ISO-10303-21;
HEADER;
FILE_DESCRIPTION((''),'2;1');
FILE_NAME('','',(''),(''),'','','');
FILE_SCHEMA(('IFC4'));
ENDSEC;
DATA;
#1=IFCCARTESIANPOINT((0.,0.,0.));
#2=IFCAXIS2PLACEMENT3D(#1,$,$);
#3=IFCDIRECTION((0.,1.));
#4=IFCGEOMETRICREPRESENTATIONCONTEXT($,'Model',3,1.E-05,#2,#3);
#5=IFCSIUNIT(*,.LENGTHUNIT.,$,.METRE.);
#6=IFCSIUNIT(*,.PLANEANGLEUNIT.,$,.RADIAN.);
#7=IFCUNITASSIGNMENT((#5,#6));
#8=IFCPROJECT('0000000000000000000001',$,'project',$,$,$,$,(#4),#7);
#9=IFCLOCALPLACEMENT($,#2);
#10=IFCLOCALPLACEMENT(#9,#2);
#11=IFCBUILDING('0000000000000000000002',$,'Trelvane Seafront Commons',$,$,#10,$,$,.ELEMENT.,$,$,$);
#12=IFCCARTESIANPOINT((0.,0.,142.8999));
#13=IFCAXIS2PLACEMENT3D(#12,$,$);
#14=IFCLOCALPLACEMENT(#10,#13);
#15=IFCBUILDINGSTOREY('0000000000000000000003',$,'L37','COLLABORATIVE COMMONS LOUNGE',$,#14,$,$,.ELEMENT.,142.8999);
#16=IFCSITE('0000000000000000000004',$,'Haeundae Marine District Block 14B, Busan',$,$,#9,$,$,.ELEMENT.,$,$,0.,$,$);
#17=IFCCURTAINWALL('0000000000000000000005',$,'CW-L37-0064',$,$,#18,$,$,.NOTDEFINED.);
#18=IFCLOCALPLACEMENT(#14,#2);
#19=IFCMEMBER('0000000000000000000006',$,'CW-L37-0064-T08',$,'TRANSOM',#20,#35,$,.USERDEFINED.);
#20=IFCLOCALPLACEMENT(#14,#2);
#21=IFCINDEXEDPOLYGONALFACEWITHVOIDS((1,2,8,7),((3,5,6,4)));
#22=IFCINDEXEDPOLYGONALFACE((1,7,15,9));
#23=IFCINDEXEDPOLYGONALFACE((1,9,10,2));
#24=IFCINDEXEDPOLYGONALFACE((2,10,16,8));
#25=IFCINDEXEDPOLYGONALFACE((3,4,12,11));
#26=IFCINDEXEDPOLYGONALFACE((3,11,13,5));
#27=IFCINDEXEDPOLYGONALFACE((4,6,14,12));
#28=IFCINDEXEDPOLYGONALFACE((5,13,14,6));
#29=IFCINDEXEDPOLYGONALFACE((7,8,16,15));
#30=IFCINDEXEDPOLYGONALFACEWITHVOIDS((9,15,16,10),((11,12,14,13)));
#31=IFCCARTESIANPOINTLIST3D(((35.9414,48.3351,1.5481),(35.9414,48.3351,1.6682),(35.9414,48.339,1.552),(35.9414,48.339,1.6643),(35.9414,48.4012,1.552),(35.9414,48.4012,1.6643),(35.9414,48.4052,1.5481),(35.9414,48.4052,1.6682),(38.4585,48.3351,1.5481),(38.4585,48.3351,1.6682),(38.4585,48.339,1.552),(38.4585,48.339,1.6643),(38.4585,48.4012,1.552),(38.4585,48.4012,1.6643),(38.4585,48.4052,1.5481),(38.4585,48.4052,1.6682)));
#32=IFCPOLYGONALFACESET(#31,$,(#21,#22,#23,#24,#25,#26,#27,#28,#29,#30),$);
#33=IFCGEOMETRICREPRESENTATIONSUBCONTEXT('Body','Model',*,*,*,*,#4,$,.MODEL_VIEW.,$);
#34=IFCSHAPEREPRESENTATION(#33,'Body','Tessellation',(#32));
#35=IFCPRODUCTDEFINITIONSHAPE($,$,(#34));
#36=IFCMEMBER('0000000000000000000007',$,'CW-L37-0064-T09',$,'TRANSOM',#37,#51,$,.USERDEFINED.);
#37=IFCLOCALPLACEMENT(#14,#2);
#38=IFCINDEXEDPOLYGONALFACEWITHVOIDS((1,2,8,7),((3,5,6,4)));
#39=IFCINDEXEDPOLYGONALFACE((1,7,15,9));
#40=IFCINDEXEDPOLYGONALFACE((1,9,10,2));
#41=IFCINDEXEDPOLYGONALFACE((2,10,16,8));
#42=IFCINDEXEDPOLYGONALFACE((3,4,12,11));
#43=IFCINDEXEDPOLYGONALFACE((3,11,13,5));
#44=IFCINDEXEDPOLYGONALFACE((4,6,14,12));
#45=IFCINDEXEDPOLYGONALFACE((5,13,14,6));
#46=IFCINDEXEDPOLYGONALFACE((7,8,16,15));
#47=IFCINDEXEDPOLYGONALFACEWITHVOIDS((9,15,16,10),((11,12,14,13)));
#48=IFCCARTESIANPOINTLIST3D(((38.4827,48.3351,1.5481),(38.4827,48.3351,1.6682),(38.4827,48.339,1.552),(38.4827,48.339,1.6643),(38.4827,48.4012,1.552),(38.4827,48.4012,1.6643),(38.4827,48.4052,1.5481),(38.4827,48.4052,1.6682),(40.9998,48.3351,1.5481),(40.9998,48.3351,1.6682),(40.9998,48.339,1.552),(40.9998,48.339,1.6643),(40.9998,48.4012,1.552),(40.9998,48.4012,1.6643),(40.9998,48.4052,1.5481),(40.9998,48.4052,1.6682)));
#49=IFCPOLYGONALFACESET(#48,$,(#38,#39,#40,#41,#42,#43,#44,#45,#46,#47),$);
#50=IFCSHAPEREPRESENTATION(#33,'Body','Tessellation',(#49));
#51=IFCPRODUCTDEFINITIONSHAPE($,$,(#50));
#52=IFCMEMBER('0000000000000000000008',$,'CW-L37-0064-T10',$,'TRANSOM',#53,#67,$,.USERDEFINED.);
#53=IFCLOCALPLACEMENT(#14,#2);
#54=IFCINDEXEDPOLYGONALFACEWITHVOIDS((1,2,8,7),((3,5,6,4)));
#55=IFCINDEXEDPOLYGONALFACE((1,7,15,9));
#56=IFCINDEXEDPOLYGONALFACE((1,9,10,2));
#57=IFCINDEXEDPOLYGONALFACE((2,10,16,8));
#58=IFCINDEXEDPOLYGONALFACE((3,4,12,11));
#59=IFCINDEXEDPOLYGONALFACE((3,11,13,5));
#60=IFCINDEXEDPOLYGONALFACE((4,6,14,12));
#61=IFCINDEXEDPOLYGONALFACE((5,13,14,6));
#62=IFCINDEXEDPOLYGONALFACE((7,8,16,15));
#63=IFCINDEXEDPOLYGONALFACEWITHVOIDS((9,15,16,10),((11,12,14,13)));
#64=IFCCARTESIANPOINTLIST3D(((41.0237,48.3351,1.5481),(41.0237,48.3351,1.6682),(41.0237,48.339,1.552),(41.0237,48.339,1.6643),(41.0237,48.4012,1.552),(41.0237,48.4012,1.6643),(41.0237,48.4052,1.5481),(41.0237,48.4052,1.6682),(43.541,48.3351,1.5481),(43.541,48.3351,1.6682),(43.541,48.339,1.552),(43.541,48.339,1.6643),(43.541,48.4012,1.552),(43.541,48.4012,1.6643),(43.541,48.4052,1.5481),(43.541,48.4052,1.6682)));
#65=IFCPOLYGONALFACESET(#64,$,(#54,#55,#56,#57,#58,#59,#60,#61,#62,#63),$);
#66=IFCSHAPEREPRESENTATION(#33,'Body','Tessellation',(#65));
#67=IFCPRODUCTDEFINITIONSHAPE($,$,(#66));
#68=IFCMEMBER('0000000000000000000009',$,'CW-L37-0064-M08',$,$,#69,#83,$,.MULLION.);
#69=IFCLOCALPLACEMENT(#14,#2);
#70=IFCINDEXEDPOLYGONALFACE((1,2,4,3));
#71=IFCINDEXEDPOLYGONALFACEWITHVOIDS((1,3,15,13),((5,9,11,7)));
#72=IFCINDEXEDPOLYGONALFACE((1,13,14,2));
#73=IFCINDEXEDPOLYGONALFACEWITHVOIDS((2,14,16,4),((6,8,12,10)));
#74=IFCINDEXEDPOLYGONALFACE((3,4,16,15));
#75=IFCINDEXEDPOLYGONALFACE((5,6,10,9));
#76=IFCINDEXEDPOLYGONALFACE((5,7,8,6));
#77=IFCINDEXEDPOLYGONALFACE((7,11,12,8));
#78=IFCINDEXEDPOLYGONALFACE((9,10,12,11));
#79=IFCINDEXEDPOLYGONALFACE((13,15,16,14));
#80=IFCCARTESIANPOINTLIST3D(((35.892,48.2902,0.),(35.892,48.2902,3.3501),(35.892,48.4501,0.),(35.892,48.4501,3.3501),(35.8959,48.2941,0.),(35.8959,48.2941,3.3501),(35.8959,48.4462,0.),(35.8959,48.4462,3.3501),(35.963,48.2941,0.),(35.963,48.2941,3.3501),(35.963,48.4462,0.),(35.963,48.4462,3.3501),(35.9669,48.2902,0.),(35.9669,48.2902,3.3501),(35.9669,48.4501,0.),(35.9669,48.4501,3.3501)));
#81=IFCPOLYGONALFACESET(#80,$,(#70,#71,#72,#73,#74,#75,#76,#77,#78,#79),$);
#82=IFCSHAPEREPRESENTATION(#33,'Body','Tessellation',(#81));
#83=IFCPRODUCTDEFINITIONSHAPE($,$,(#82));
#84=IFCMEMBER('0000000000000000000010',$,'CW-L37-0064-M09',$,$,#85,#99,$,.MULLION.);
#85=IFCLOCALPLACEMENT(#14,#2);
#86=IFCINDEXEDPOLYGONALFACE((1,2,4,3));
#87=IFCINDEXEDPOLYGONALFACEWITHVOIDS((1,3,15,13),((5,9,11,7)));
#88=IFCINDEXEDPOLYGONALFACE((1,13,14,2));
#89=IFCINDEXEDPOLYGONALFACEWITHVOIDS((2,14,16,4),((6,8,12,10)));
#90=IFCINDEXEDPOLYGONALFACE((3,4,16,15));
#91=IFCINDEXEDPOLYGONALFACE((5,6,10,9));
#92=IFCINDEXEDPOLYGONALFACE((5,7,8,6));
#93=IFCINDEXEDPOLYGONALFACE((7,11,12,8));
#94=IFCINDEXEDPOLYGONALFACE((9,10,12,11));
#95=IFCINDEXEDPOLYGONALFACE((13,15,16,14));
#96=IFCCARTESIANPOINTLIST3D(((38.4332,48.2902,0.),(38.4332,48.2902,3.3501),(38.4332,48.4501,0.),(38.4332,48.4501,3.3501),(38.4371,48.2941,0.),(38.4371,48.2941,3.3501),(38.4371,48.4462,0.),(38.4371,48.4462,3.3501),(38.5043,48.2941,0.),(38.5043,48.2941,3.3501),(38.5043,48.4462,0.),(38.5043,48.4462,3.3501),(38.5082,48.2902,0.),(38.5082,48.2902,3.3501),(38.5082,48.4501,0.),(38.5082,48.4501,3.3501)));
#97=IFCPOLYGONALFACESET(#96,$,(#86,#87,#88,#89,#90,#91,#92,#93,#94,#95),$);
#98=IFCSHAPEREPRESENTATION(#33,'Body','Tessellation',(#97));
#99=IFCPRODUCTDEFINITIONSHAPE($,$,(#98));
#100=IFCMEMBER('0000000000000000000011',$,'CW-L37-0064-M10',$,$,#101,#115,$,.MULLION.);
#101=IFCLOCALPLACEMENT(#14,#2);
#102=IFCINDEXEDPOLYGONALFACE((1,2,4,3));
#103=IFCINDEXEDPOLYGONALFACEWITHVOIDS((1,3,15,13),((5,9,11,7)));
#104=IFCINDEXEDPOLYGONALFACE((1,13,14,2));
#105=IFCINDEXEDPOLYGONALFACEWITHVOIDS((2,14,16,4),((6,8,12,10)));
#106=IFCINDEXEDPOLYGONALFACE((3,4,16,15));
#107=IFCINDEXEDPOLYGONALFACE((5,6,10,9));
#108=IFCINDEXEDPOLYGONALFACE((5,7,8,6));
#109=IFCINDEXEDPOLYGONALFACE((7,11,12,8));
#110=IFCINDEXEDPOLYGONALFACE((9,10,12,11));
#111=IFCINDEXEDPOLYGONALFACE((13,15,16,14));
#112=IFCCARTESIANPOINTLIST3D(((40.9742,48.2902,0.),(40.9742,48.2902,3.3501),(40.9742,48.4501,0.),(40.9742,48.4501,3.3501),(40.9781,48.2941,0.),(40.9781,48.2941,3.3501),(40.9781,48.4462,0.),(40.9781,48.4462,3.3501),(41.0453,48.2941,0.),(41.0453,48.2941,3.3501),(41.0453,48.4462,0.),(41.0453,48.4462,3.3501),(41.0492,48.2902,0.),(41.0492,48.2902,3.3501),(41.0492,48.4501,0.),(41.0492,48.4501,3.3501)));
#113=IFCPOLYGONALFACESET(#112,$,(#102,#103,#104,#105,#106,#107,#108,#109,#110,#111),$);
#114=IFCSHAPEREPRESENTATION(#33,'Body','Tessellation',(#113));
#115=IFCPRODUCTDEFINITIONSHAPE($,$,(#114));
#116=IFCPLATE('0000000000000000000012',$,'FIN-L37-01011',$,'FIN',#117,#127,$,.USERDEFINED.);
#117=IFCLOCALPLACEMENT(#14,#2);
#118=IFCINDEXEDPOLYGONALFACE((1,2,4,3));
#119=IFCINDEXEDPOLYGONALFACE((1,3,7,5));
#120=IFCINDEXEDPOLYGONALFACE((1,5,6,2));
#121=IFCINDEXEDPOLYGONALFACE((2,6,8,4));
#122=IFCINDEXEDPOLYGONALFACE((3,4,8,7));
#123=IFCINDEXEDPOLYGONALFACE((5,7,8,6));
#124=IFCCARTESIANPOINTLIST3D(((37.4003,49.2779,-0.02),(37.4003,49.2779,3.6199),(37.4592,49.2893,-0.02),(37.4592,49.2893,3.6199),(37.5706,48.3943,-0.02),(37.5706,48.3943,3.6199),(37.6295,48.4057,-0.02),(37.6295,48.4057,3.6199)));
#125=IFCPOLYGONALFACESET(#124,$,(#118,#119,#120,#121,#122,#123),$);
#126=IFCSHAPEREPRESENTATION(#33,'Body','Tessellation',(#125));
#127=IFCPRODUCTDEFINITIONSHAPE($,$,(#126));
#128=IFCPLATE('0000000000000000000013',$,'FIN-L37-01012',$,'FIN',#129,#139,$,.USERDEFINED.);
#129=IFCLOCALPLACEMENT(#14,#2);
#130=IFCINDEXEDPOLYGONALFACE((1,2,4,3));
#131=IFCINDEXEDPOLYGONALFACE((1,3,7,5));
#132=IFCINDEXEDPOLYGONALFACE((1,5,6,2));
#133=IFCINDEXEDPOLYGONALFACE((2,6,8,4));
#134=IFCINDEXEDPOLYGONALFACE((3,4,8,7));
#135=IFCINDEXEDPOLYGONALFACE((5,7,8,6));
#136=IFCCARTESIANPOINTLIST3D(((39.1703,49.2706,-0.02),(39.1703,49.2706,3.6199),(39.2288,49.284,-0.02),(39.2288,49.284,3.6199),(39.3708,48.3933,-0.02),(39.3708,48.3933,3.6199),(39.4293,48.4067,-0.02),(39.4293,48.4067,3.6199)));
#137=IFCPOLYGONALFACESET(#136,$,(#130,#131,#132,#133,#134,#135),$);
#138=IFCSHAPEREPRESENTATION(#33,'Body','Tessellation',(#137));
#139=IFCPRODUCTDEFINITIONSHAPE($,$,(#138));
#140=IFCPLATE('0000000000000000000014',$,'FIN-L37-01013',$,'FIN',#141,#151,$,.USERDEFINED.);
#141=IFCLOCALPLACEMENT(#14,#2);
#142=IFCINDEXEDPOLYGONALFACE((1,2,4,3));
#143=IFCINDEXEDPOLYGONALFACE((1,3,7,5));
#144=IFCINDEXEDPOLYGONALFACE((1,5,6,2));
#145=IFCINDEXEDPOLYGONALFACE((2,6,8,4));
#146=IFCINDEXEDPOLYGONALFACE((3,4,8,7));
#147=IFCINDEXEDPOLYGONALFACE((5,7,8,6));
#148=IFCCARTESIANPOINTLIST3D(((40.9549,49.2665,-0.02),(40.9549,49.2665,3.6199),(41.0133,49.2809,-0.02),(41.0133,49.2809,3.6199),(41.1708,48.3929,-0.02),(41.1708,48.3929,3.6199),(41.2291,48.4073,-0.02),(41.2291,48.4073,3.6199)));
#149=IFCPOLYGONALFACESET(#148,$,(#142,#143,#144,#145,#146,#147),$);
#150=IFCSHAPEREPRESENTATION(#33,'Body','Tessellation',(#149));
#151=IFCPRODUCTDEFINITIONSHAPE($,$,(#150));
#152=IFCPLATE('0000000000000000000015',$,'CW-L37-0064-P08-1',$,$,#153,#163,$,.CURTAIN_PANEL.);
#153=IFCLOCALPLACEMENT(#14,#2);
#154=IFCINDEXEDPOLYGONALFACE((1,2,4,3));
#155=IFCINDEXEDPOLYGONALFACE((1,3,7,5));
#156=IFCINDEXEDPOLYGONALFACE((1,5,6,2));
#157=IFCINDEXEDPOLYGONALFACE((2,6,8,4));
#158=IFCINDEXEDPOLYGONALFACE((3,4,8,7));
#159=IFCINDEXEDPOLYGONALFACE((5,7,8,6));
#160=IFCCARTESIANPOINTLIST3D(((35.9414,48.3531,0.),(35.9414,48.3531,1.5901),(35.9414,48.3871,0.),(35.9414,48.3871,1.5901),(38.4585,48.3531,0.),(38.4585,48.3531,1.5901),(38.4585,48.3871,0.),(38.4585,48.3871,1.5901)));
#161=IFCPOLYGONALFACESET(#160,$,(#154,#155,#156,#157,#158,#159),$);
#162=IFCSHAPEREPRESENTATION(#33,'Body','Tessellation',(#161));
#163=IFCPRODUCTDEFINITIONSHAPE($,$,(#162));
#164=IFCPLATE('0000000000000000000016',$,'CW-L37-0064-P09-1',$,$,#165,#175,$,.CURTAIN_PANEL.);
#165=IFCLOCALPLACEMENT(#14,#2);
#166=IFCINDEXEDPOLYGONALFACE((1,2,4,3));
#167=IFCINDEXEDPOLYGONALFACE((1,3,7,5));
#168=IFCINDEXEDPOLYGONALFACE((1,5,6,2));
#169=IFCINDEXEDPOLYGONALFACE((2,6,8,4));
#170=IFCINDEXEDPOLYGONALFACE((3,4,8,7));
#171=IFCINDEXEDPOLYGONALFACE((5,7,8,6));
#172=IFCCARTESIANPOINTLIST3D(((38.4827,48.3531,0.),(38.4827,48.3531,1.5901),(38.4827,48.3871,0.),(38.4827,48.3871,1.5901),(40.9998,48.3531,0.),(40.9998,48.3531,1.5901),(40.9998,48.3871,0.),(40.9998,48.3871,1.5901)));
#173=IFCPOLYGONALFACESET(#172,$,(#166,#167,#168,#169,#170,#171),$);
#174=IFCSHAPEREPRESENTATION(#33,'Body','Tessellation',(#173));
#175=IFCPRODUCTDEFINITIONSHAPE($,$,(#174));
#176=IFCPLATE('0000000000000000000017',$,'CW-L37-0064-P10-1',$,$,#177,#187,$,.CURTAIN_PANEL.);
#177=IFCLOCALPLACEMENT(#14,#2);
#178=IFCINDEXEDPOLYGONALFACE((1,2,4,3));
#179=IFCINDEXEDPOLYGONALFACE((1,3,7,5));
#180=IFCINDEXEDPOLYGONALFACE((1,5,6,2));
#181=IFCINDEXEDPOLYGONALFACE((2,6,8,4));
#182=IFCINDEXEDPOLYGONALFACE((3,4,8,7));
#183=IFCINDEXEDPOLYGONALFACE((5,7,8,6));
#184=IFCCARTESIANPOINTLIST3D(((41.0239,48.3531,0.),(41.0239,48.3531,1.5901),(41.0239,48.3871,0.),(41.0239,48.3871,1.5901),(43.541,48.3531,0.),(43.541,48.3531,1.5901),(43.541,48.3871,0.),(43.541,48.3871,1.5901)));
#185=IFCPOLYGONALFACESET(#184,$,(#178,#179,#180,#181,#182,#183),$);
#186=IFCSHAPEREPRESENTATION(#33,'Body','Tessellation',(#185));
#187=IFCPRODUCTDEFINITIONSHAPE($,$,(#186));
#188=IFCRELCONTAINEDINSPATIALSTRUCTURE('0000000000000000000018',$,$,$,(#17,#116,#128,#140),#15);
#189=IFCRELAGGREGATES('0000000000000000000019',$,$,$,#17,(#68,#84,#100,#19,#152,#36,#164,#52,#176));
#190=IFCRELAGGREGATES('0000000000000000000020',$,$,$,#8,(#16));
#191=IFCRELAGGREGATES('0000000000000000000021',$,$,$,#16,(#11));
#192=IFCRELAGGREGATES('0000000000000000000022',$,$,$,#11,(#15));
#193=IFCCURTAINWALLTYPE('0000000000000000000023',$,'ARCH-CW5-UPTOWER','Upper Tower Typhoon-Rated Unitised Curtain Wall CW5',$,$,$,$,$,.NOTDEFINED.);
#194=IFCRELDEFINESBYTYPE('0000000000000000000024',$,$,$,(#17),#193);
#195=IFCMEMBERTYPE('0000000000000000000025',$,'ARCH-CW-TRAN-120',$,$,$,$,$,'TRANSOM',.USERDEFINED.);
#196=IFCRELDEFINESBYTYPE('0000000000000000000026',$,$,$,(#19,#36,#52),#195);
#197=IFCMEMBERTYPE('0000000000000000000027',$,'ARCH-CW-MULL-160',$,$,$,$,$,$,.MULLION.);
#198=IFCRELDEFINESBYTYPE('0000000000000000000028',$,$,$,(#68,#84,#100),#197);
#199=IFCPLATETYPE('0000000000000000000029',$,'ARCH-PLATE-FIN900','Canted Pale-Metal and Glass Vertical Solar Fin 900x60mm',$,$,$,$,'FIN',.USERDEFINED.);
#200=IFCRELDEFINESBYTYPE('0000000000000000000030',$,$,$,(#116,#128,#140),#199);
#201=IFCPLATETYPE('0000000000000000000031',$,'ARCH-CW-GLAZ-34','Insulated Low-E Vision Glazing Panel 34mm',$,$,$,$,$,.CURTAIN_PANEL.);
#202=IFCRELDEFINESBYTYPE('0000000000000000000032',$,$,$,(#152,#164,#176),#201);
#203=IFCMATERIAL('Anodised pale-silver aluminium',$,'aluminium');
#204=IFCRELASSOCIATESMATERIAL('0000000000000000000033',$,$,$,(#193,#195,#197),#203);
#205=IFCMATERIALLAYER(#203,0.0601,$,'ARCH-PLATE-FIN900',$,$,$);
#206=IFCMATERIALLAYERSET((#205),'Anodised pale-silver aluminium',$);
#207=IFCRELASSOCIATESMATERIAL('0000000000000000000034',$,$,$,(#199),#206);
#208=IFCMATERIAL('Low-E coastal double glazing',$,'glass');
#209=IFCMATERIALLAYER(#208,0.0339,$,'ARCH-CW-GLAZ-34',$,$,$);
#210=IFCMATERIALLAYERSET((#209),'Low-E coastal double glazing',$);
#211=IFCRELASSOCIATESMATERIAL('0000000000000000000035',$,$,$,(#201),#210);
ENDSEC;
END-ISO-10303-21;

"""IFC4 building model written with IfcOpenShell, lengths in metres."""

from ifc_helpers import new_model, si_unit, direction, frame, origin, origin_2d, place, context, subcontext, project, spatial, rectangle, hollow_rectangle, extrude, source, transform, mapped, material, layer, layer_set, material_profile, profile_set, type_object, element, aggregate, save


model = new_model("IFC4")

# Units and contexts
model_context = context("Model", 3, precision=1e-05, world=origin(), true_north=direction((0.0, 1.0)))
body_context = subcontext(model_context, "Body", "Model", "MODEL_VIEW")
ifc_project = project(units=[si_unit("LENGTHUNIT", "METRE"), si_unit("PLANEANGLEUNIT", "RADIAN")], contexts=[model_context])

# Site, building, storey
site_placement = place(None, origin())
site = spatial("IfcSite", under=ifc_project, at=site_placement, Name="Haeundae Marine District Block 14B, Busan", CompositionType="ELEMENT", RefElevation=0.0)
building_placement = place(site_placement, origin())
building = spatial("IfcBuilding", under=site, at=building_placement, Name="Trelvane Seafront Commons", CompositionType="ELEMENT")
storey_placement = place(building_placement, frame((0.0, 0.0, 142.8999)))
storey = spatial("IfcBuildingStorey", under=building, at=storey_placement, Name="L37", Description="COLLABORATIVE COMMONS LOUNGE", CompositionType="ELEMENT", Elevation=142.8999)

# Curtain wall, members
ifc_material_1 = material(Name="Anodised pale-silver aluminium", Category="aluminium")
curtain_wall_type = type_object("IfcCurtainWallType", Name="ARCH-CW5-UPTOWER", Description="Upper Tower Typhoon-Rated Unitised Curtain Wall CW5", PredefinedType="NOTDEFINED", material=ifc_material_1)
curtain_wall_placement = place(storey_placement, origin())
curtain_wall = element("IfcCurtainWall", 1, at=curtain_wall_placement, inside=storey, type_object=curtain_wall_type, Name="CW-L37-0064", PredefinedType="NOTDEFINED")
ifc_material_profile_1 = material_profile(ifc_material_1, hollow_rectangle(XDim=0.0701, YDim=0.1201, WallThickness=0.0039, at=origin_2d()), Name="TRAN-70x120x4")
ifc_profile_set_1 = profile_set([ifc_material_profile_1], Name="Anodised pale-silver aluminium")
member_type_1 = type_object("IfcMemberType", Name="ARCH-CW-TRAN-120", ElementType="TRANSOM", PredefinedType="USERDEFINED", material=ifc_profile_set_1)
shared_shape_1 = source(origin(), body_context, "Body", "SweptSolid", [
    extrude(hollow_rectangle(XDim=0.0701, YDim=0.1201, WallThickness=0.0039, at=origin_2d()), origin(), (0.0, 0.0, 1.0), 2.5171),
])
member_1_placement = place(storey_placement, frame((35.9414, 48.3701, 1.6082), z_axis=(1.0, 0.0, 0.0), x_axis=(0.0, 1.0, 0.0)))
member_1 = element("IfcMember", 2, at=member_1_placement, type_object=member_type_1, Name="CW-L37-0064-T08", ObjectType="TRANSOM", PredefinedType="USERDEFINED", context=body_context, shape_type="MappedRepresentation", body=[
    mapped(shared_shape_1, transform((0.0, 0.0, 0.0), x_axis=(1.0, 0.0, 0.0), y_axis=(0.0, 1.0, 0.0), z_axis=(0.0, 0.0, 1.0), scale=1.0)),
])
member_2_placement = place(storey_placement, frame((38.4827, 48.3701, 1.6082), z_axis=(1.0, 0.0, 0.0), x_axis=(0.0, 1.0, 0.0)))
member_2 = element("IfcMember", 3, at=member_2_placement, type_object=member_type_1, Name="CW-L37-0064-T09", ObjectType="TRANSOM", PredefinedType="USERDEFINED", context=body_context, shape_type="MappedRepresentation", body=[
    mapped(shared_shape_1, transform((0.0, 0.0, 0.0), x_axis=(1.0, 0.0, 0.0), y_axis=(0.0, 1.0, 0.0), z_axis=(0.0, 0.0, 1.0), scale=1.0)),
])
shared_shape_2 = source(origin(), body_context, "Body", "SweptSolid", [
    extrude(hollow_rectangle(XDim=0.0701, YDim=0.1201, WallThickness=0.0039, at=origin_2d()), origin(), (0.0, 0.0, 1.0), 2.5173),
])
member_3_placement = place(storey_placement, frame((41.0237, 48.3701, 1.6082), z_axis=(1.0, 0.0, 0.0), x_axis=(0.0, 1.0, 0.0)))
member_3 = element("IfcMember", 4, at=member_3_placement, type_object=member_type_1, Name="CW-L37-0064-T10", ObjectType="TRANSOM", PredefinedType="USERDEFINED", context=body_context, shape_type="MappedRepresentation", body=[
    mapped(shared_shape_2, transform((0.0, 0.0, 0.0), x_axis=(1.0, 0.0, 0.0), y_axis=(0.0, 1.0, 0.0), z_axis=(0.0, 0.0, 1.0), scale=1.0)),
])
ifc_material_profile_2 = material_profile(ifc_material_1, hollow_rectangle(XDim=0.075, YDim=0.1599, WallThickness=0.0039, at=origin_2d()), Name="MULL-75x160x4")
ifc_profile_set_2 = profile_set([ifc_material_profile_2], Name="Anodised pale-silver aluminium")
member_type_2 = type_object("IfcMemberType", Name="ARCH-CW-MULL-160", PredefinedType="MULLION", material=ifc_profile_set_2)
shared_shape_3 = source(origin(), body_context, "Body", "SweptSolid", [
    extrude(hollow_rectangle(XDim=0.075, YDim=0.1599, WallThickness=0.0039, at=origin_2d()), origin(), (0.0, 0.0, 1.0), 3.3501),
])
member_4_placement = place(storey_placement, frame((35.9294, 48.3701, 0.0), z_axis=(0.0, 0.0, 1.0), x_axis=(1.0, 0.0, 0.0)))
member_4 = element("IfcMember", 5, at=member_4_placement, type_object=member_type_2, Name="CW-L37-0064-M08", PredefinedType="MULLION", context=body_context, shape_type="MappedRepresentation", body=[
    mapped(shared_shape_3, transform((0.0, 0.0, 0.0), x_axis=(1.0, 0.0, 0.0), y_axis=(0.0, 1.0, 0.0), z_axis=(0.0, 0.0, 1.0), scale=1.0)),
])
member_5_placement = place(storey_placement, frame((38.4707, 48.3701, 0.0), z_axis=(0.0, 0.0, 1.0), x_axis=(1.0, 0.0, 0.0)))
member_5 = element("IfcMember", 6, at=member_5_placement, type_object=member_type_2, Name="CW-L37-0064-M09", PredefinedType="MULLION", context=body_context, shape_type="MappedRepresentation", body=[
    mapped(shared_shape_3, transform((0.0, 0.0, 0.0), x_axis=(1.0, 0.0, 0.0), y_axis=(0.0, 1.0, 0.0), z_axis=(0.0, 0.0, 1.0), scale=1.0)),
])
member_6_placement = place(storey_placement, frame((41.0117, 48.3701, 0.0), z_axis=(0.0, 0.0, 1.0), x_axis=(1.0, 0.0, 0.0)))
member_6 = element("IfcMember", 7, at=member_6_placement, type_object=member_type_2, Name="CW-L37-0064-M10", PredefinedType="MULLION", context=body_context, shape_type="MappedRepresentation", body=[
    mapped(shared_shape_3, transform((0.0, 0.0, 0.0), x_axis=(1.0, 0.0, 0.0), y_axis=(0.0, 1.0, 0.0), z_axis=(0.0, 0.0, 1.0), scale=1.0)),
])

# Plates
ifc_layer_1 = layer(ifc_material_1, 0.0601, Name="ARCH-PLATE-FIN900")
ifc_layer_set_1 = layer_set([ifc_layer_1], Name="Anodised pale-silver aluminium")
plate_type_1 = type_object("IfcPlateType", Name="ARCH-PLATE-FIN900", Description="Canted Pale-Metal and Glass Vertical Solar Fin 900x60mm", ElementType="FIN", PredefinedType="USERDEFINED", material=ifc_layer_set_1)
shared_shape_4 = source(origin(), body_context, "Body", "SweptSolid", [
    extrude(rectangle(XDim=0.8999, YDim=0.0601, at=origin_2d()), origin(), (0.0, 0.0, 1.0), 3.6399),
])
for number, where, z_axis, x_axis, name in (
    (8, (37.5149, 48.8418, -0.02), (0.0, 0.0, 1.0), (-0.189231, 0.981933, 0.0), "FIN-L37-01011"),
    (9, (39.2998, 48.8386, -0.02), (0.0, 0.0, 1.0), (-0.222774, 0.97487, 0.0), "FIN-L37-01012"),
    (10, (41.092, 48.8369, -0.02), (0.0, 0.0, 1.0), (-0.239894, 0.970799, 0.0), "FIN-L37-01013"),
):
    element("IfcPlate", number, at=place(storey_placement, frame(where, z_axis=z_axis, x_axis=x_axis)), inside=storey, type_object=plate_type_1, Name=name, ObjectType="FIN", PredefinedType="USERDEFINED", context=body_context, shape_type="MappedRepresentation", body=[
        mapped(shared_shape_4, transform((0.0, 0.0, 0.0), x_axis=(1.0, 0.0, 0.0), y_axis=(0.0, 1.0, 0.0), z_axis=(0.0, 0.0, 1.0), scale=1.0)),
    ])

# Plates
ifc_material_2 = material(Name="Low-E coastal double glazing", Category="glass")
ifc_layer_2 = layer(ifc_material_2, 0.0339, Name="ARCH-CW-GLAZ-34")
ifc_layer_set_2 = layer_set([ifc_layer_2], Name="Low-E coastal double glazing")
plate_type_2 = type_object("IfcPlateType", Name="ARCH-CW-GLAZ-34", Description="Insulated Low-E Vision Glazing Panel 34mm", PredefinedType="CURTAIN_PANEL", material=ifc_layer_set_2)
shared_shape_5 = source(origin(), body_context, "Body", "SweptSolid", [
    extrude(rectangle(XDim=2.5171, YDim=0.0339, at=origin_2d()), origin(), (0.0, 0.0, 1.0), 1.5901),
])
plate_1_placement = place(storey_placement, frame((37.2, 48.3701, 0.0), z_axis=(0.0, 0.0, 1.0), x_axis=(1.0, 0.0, 0.0)))
plate_1 = element("IfcPlate", 11, at=plate_1_placement, type_object=plate_type_2, Name="CW-L37-0064-P08-1", PredefinedType="CURTAIN_PANEL", context=body_context, shape_type="MappedRepresentation", body=[
    mapped(shared_shape_5, transform((0.0, 0.0, 0.0), x_axis=(1.0, 0.0, 0.0), y_axis=(0.0, 1.0, 0.0), z_axis=(0.0, 0.0, 1.0), scale=1.0)),
])
plate_2_placement = place(storey_placement, frame((39.7412, 48.3701, 0.0), z_axis=(0.0, 0.0, 1.0), x_axis=(1.0, 0.0, 0.0)))
plate_2 = element("IfcPlate", 12, at=plate_2_placement, type_object=plate_type_2, Name="CW-L37-0064-P09-1", PredefinedType="CURTAIN_PANEL", context=body_context, shape_type="MappedRepresentation", body=[
    mapped(shared_shape_5, transform((0.0, 0.0, 0.0), x_axis=(1.0, 0.0, 0.0), y_axis=(0.0, 1.0, 0.0), z_axis=(0.0, 0.0, 1.0), scale=1.0)),
])
plate_3_placement = place(storey_placement, frame((42.2825, 48.3701, 0.0), z_axis=(0.0, 0.0, 1.0), x_axis=(1.0, 0.0, 0.0)))
plate_3 = element("IfcPlate", 13, at=plate_3_placement, type_object=plate_type_2, Name="CW-L37-0064-P10-1", PredefinedType="CURTAIN_PANEL", context=body_context, shape_type="MappedRepresentation", body=[
    mapped(shared_shape_5, transform((0.0, 0.0, 0.0), x_axis=(1.0, 0.0, 0.0), y_axis=(0.0, 1.0, 0.0), z_axis=(0.0, 0.0, 1.0), scale=1.0)),
])
aggregate(curtain_wall, [member_4, member_5, member_6, member_1, plate_1, member_2, plate_2, member_3, plate_3])

save(model, "model.ifc")
